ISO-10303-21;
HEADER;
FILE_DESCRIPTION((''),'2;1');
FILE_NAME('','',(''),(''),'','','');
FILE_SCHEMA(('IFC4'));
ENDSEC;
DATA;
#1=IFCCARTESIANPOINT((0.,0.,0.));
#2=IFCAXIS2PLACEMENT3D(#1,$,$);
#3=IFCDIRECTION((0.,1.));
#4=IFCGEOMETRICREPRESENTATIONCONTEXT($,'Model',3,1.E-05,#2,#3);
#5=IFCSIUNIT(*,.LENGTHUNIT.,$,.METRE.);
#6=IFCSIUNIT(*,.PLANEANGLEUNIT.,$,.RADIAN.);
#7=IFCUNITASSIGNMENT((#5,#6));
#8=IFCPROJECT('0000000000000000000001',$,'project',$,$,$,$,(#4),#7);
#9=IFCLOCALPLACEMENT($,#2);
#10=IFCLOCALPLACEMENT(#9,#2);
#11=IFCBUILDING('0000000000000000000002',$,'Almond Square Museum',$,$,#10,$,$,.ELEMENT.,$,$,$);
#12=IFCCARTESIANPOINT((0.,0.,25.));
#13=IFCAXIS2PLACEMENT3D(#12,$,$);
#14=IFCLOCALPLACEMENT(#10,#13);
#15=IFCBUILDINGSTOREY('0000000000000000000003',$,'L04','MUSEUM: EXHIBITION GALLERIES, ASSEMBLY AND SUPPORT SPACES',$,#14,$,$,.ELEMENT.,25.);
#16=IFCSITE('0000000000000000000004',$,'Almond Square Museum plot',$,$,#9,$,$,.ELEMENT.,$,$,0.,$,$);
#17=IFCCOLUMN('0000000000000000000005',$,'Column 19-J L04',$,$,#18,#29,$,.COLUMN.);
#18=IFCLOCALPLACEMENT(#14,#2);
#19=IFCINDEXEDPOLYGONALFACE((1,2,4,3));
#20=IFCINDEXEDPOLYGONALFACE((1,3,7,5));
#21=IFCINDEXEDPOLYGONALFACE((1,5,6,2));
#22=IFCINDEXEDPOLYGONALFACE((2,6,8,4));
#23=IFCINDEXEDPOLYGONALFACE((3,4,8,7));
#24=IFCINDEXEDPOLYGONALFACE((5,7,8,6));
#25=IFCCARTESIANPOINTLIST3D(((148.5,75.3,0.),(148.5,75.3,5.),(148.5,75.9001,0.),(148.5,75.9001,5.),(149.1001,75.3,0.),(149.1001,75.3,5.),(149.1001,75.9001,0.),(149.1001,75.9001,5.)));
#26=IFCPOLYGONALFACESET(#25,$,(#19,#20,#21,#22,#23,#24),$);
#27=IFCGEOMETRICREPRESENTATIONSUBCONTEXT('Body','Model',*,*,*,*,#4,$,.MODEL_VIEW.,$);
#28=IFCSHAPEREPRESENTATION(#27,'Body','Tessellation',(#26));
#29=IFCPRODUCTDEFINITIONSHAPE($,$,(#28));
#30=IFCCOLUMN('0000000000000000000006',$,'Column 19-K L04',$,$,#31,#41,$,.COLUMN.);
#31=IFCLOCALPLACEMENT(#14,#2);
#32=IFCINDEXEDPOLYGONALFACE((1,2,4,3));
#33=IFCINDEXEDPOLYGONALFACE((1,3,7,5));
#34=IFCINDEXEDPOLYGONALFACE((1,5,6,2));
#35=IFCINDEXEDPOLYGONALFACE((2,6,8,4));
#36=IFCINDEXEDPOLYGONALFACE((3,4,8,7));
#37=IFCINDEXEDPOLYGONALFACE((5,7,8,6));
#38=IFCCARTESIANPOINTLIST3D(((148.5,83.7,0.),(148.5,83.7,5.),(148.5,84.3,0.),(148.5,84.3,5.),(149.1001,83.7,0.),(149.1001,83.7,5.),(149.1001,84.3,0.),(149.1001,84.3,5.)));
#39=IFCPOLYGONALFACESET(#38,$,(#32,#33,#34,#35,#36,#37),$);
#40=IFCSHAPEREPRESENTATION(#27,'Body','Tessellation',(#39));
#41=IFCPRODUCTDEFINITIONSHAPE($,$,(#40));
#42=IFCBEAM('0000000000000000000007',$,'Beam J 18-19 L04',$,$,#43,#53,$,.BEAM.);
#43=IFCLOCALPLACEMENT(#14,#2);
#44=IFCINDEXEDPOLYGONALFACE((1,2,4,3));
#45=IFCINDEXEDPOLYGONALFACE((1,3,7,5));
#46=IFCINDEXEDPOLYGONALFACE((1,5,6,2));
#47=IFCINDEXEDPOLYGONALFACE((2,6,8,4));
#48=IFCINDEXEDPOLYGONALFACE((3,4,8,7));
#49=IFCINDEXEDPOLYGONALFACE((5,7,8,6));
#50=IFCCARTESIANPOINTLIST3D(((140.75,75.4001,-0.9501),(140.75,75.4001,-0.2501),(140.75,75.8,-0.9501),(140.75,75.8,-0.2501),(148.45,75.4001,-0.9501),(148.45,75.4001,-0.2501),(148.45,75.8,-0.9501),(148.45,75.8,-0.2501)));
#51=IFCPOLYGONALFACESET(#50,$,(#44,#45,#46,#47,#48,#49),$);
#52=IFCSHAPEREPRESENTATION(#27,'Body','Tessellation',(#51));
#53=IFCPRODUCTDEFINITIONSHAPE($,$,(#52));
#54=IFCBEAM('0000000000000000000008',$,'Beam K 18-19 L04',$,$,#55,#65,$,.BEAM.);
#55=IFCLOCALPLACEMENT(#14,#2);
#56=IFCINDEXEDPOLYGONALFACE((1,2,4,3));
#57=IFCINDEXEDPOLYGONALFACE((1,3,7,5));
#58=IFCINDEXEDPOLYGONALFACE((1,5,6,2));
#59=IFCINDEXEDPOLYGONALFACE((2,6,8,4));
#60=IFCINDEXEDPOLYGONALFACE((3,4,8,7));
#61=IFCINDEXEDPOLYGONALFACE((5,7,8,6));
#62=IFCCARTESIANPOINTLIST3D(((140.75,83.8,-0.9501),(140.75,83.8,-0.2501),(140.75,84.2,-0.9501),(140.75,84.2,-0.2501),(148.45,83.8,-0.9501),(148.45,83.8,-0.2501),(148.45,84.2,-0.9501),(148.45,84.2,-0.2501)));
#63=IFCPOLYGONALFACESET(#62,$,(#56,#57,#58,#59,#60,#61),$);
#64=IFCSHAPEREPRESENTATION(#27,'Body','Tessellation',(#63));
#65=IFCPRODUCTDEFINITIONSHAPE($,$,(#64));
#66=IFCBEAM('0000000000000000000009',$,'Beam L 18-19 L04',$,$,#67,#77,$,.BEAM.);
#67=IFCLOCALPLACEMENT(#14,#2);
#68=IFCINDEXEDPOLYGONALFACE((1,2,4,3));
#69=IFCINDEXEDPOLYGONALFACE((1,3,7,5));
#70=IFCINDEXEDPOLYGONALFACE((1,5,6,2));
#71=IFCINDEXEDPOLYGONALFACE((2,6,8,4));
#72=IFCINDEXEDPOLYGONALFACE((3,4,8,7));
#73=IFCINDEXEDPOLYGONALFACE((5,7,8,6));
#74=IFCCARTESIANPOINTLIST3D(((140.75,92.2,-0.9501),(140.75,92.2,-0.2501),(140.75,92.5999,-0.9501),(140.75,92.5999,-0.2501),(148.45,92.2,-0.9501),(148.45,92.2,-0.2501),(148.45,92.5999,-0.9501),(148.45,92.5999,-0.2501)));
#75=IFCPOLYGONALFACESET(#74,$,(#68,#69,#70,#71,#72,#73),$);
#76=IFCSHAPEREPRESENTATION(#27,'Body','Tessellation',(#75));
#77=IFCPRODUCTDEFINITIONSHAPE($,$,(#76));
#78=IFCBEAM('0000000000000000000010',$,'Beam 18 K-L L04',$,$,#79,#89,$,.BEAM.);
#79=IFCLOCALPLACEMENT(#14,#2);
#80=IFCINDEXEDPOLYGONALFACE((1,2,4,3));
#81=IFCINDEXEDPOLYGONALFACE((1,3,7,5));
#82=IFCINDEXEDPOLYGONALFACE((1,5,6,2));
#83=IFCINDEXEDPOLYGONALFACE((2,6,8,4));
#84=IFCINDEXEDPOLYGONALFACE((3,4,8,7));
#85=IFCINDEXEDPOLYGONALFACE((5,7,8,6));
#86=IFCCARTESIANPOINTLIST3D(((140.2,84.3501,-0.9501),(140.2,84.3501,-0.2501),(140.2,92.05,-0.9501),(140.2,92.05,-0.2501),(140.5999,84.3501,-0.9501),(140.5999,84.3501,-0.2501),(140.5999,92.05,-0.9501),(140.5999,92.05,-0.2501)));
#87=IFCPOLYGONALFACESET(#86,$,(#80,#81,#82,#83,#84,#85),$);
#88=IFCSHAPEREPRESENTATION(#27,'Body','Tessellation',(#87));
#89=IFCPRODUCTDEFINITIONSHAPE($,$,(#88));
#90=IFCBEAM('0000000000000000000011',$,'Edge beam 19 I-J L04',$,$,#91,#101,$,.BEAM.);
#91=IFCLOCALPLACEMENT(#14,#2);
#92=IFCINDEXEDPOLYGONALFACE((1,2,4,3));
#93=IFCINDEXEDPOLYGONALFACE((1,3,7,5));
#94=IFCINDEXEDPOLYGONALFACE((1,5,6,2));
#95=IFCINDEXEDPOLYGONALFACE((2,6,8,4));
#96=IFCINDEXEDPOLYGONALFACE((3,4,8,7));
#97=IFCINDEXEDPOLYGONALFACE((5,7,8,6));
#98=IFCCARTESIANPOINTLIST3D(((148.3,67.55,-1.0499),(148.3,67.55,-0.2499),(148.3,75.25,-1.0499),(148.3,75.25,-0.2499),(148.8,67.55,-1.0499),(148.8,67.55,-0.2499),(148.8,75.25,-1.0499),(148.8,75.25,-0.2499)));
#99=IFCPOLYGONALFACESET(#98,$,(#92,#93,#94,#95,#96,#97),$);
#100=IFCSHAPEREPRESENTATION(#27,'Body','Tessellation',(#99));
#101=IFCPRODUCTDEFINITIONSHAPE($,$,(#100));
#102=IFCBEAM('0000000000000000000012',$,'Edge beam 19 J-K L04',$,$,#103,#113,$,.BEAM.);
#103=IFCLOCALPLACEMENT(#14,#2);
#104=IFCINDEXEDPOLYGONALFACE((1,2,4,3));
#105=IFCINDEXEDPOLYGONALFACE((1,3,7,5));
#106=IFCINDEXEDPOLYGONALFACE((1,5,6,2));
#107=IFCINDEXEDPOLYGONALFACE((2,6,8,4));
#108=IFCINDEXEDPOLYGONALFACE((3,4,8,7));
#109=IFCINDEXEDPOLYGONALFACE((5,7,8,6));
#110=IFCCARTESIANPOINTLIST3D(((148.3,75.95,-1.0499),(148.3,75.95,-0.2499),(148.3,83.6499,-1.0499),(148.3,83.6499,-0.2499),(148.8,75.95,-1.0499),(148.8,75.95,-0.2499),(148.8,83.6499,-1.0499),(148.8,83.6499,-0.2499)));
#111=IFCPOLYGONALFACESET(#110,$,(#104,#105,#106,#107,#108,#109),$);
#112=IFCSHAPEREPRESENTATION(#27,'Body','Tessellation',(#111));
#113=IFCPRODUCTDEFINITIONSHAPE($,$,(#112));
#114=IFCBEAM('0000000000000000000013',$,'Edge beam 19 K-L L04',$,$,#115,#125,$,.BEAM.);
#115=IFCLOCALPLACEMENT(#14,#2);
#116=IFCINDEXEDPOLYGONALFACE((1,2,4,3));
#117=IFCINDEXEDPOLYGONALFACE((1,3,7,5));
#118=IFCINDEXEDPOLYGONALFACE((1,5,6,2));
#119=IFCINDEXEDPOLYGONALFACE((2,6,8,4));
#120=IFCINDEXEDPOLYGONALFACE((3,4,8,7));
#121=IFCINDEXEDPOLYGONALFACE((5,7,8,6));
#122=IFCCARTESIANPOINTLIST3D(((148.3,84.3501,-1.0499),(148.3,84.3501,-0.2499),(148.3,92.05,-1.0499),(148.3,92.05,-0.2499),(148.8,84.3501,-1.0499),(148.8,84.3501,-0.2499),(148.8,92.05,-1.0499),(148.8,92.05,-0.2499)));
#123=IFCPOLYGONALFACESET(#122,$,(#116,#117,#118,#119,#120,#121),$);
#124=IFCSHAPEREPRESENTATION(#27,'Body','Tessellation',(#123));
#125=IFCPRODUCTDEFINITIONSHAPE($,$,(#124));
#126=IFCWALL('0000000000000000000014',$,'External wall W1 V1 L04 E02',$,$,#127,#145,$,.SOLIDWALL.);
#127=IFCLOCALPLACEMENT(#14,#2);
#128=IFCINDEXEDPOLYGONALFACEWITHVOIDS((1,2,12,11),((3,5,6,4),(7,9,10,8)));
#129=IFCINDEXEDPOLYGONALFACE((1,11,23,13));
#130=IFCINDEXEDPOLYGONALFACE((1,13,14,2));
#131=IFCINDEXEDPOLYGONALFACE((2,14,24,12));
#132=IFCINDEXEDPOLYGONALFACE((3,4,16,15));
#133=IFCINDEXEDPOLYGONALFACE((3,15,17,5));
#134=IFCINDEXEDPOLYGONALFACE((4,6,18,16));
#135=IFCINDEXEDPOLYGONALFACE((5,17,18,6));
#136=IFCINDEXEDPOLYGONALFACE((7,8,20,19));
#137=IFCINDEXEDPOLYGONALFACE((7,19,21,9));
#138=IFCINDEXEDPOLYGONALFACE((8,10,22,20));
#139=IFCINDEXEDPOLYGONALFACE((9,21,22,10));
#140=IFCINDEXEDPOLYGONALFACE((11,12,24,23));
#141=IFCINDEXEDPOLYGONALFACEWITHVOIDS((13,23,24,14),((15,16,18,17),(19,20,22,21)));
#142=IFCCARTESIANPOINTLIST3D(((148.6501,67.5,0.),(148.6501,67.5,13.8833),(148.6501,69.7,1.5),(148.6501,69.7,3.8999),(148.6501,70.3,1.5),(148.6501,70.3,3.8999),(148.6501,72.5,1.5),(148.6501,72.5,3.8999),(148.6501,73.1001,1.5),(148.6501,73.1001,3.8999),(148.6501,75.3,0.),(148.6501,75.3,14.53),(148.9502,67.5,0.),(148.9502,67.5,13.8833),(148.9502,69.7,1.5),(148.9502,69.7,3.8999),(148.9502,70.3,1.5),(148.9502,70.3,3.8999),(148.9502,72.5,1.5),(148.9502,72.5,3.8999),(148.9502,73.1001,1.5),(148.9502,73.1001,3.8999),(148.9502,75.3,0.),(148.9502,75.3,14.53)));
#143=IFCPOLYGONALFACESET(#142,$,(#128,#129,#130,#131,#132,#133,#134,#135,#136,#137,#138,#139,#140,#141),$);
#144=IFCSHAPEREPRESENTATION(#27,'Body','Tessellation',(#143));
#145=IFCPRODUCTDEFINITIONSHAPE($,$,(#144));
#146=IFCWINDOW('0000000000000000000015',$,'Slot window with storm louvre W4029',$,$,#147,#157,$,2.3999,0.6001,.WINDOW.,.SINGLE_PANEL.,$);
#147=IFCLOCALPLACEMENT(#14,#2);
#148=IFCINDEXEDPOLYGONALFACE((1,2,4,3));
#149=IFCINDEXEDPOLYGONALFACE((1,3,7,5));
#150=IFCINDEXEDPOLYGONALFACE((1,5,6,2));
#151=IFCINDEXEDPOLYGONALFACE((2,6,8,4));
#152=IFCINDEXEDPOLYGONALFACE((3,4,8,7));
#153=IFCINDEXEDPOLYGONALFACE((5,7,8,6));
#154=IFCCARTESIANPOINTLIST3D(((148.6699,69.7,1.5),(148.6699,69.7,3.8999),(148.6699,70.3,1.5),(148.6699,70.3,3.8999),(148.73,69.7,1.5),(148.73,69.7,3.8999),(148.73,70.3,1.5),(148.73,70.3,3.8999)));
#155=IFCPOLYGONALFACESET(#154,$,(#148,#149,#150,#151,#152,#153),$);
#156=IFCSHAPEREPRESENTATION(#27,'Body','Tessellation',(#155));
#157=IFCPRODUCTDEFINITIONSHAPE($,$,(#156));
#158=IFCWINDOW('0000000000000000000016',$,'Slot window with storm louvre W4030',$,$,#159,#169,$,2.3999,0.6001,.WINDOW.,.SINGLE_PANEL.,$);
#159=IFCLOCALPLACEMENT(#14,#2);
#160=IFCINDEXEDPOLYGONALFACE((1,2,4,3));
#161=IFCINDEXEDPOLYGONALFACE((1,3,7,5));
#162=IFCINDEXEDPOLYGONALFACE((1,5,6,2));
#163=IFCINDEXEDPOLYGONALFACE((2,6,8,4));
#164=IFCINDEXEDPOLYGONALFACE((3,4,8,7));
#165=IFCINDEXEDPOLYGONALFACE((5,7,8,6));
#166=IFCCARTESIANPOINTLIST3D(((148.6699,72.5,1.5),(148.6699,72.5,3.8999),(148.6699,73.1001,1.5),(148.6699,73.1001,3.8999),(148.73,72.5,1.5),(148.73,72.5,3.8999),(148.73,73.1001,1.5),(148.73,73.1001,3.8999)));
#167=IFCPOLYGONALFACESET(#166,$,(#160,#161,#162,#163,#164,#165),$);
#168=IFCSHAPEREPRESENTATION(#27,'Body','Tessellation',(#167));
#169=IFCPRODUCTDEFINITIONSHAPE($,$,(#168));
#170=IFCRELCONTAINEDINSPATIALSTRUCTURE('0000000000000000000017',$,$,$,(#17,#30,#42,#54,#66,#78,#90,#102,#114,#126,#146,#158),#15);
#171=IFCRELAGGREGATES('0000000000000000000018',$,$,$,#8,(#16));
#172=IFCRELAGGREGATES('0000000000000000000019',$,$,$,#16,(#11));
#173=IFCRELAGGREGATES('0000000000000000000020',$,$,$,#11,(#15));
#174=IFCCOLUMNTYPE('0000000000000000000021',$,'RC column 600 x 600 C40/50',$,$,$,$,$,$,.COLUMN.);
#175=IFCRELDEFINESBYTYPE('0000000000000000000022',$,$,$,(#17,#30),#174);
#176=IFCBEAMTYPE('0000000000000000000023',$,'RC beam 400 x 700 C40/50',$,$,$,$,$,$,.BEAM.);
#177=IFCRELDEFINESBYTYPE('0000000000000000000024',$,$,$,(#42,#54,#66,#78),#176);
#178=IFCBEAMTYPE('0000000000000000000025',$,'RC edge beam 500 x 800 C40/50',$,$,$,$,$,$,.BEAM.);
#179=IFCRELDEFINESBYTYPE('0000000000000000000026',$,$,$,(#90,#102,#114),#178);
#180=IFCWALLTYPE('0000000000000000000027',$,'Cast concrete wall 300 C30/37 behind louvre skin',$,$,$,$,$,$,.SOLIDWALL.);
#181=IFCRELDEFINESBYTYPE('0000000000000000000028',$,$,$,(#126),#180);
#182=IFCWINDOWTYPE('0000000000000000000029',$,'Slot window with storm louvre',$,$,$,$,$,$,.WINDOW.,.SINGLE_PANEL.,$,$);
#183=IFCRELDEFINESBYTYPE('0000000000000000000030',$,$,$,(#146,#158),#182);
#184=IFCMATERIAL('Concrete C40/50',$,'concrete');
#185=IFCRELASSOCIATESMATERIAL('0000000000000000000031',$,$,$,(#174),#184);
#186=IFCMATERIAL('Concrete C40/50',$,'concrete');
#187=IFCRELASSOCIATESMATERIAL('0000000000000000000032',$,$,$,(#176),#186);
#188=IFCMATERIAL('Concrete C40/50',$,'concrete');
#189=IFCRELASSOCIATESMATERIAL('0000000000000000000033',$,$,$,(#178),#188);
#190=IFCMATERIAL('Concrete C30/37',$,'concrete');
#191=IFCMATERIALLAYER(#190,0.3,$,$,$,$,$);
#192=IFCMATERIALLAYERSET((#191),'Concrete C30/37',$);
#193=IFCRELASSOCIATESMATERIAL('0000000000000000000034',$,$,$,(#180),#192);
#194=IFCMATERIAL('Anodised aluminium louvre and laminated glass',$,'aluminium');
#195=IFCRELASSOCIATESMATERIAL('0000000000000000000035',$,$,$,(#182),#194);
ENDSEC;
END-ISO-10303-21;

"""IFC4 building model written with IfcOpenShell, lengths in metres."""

from ifc_helpers import new_model, si_unit, direction, frame, frame_2d, origin, origin_2d, place, context, subcontext, project, spatial, polyline, rectangle, outline, extrude, material, layer, layer_set, material_profile, profile_set, type_object, element, fill, save


model = new_model("IFC4")

# Units and contexts
model_context = context("Model", 3, precision=1e-05, world=origin(), true_north=direction((0.0, 1.0)))
body_context = subcontext(model_context, "Body", "Model", "MODEL_VIEW")
ifc_project = project(units=[si_unit("LENGTHUNIT", "METRE"), si_unit("PLANEANGLEUNIT", "RADIAN")], contexts=[model_context])

# Site, building, storey
site_placement = place(None, origin())
site = spatial("IfcSite", under=ifc_project, at=site_placement, Name="Almond Square Museum plot", CompositionType="ELEMENT", RefElevation=0.0)
building_placement = place(site_placement, origin())
building = spatial("IfcBuilding", under=site, at=building_placement, Name="Almond Square Museum", CompositionType="ELEMENT")
storey_placement = place(building_placement, frame((0.0, 0.0, 25.0)))
storey = spatial("IfcBuildingStorey", under=building, at=storey_placement, Name="L04", Description="MUSEUM: EXHIBITION GALLERIES, ASSEMBLY AND SUPPORT SPACES", CompositionType="ELEMENT", Elevation=25.0)

# Columns
ifc_material_1 = material(Name="Concrete C40/50", Category="concrete")
ifc_material_profile_1 = material_profile(ifc_material_1, rectangle(XDim=0.6001, YDim=0.6001, at=origin_2d()))
ifc_profile_set_1 = profile_set([ifc_material_profile_1], Name="Concrete C40/50")
column_type = type_object("IfcColumnType", Name="RC column 600 x 600 C40/50", PredefinedType="COLUMN", material=ifc_profile_set_1)
for number, where, z_axis, x_axis, name in (
    (1, (148.8, 75.6001, 0.0), (0.0, 0.0, 1.0), (1.0, 0.0, 0.0), "Column 19-J L04"),
    (2, (148.8, 84.0, 0.0), (0.0, 0.0, 1.0), (1.0, 0.0, 0.0), "Column 19-K L04"),
):
    element("IfcColumn", number, at=place(storey_placement, frame(where, z_axis=z_axis, x_axis=x_axis)), inside=storey, type_object=column_type, Name=name, PredefinedType="COLUMN", context=body_context, shape_type="SweptSolid", body=[
        extrude(rectangle(XDim=0.6001, YDim=0.6001, at=origin_2d()), origin(), (0.0, 0.0, 1.0), 5.0),
    ])

# Beams
ifc_material_2 = material(Name="Concrete C40/50", Category="concrete")
ifc_material_profile_2 = material_profile(ifc_material_2, rectangle(XDim=0.3999, YDim=0.7, at=origin_2d()))
ifc_profile_set_2 = profile_set([ifc_material_profile_2], Name="Concrete C40/50")
beam_type_1 = type_object("IfcBeamType", Name="RC beam 400 x 700 C40/50", PredefinedType="BEAM", material=ifc_profile_set_2)
for number, where, z_axis, x_axis, name in (
    (3, (140.75, 75.6001, -0.6001), (1.0, 0.0, 0.0), (0.0, 1.0, 0.0), "Beam J 18-19 L04"),
    (4, (140.75, 84.0, -0.6001), (1.0, 0.0, 0.0), (0.0, 1.0, 0.0), "Beam K 18-19 L04"),
    (5, (140.75, 92.3999, -0.6001), (1.0, 0.0, 0.0), (0.0, 1.0, 0.0), "Beam L 18-19 L04"),
    (6, (140.3999, 84.3501, -0.6001), (0.0, 1.0, 0.0), (-1.0, 0.0, 0.0), "Beam 18 K-L L04"),
):
    element("IfcBeam", number, at=place(storey_placement, frame(where, z_axis=z_axis, x_axis=x_axis)), inside=storey, type_object=beam_type_1, Name=name, PredefinedType="BEAM", context=body_context, shape_type="SweptSolid", body=[
        extrude(rectangle(XDim=0.3999, YDim=0.7, at=origin_2d()), origin(), (0.0, 0.0, 1.0), 7.7),
    ])
ifc_material_3 = material(Name="Concrete C40/50", Category="concrete")
ifc_material_profile_3 = material_profile(ifc_material_3, rectangle(XDim=0.5, YDim=0.8, at=origin_2d()))
ifc_profile_set_3 = profile_set([ifc_material_profile_3], Name="Concrete C40/50")
beam_type_2 = type_object("IfcBeamType", Name="RC edge beam 500 x 800 C40/50", PredefinedType="BEAM", material=ifc_profile_set_3)
for number, where, z_axis, x_axis, name in (
    (7, (148.55, 67.55, -0.6499), (0.0, 1.0, 0.0), (-1.0, 0.0, 0.0), "Edge beam 19 I-J L04"),
    (8, (148.55, 75.95, -0.6499), (0.0, 1.0, 0.0), (-1.0, 0.0, 0.0), "Edge beam 19 J-K L04"),
    (9, (148.55, 84.3501, -0.6499), (0.0, 1.0, 0.0), (-1.0, 0.0, 0.0), "Edge beam 19 K-L L04"),
):
    element("IfcBeam", number, at=place(storey_placement, frame(where, z_axis=z_axis, x_axis=x_axis)), inside=storey, type_object=beam_type_2, Name=name, PredefinedType="BEAM", context=body_context, shape_type="SweptSolid", body=[
        extrude(rectangle(XDim=0.5, YDim=0.8, at=origin_2d()), origin(), (0.0, 0.0, 1.0), 7.7),
    ])

# Wall, openings, windows
ifc_material_4 = material(Name="Concrete C30/37", Category="concrete")
ifc_layer_1 = layer(ifc_material_4, 0.3)
ifc_layer_set_1 = layer_set([ifc_layer_1], Name="Concrete C30/37")
wall_type_1 = type_object("IfcWallType", Name="Cast concrete wall 300 C30/37 behind louvre skin", PredefinedType="SOLIDWALL", material=ifc_layer_set_1)
wall_1_placement = place(storey_placement, frame((148.8, 67.5, 0.0), z_axis=(0.0, 0.0, 1.0), x_axis=(0.0, 1.0, 0.0)))
wall_1 = element("IfcWall", 10, at=wall_1_placement, inside=storey, type_object=wall_type_1, Name="External wall W1 V1 L04 E02", PredefinedType="SOLIDWALL", context=body_context, shape_type="SweptSolid", body=[
    extrude(outline(polyline([(0.0, 0.0), (7.8, 0.0), (7.8, 14.53), (0.0, 13.8833), (0.0, 0.0)])), frame((0.0, 0.1499, 0.0), z_axis=(0.0, -1.0, 0.0), x_axis=(1.0, 0.0, 0.0)), (0.0, 0.0, 1.0), 0.3),
])
opening_1_placement = place(wall_1_placement, frame((2.2, 0.0, 1.5)))
opening_1 = element("IfcOpeningElement", 11, at=opening_1_placement, cuts=wall_1, PredefinedType="OPENING", context=body_context, shape_type="SweptSolid", body=[
    extrude(rectangle(XDim=0.6001, YDim=2.3999, at=frame_2d((0.3, 1.2))), frame((0.0, 0.1599, 0.0), z_axis=(0.0, -1.0, 0.0), x_axis=(1.0, 0.0, 0.0)), (0.0, 0.0, 1.0), 0.3201),
])
opening_2_placement = place(wall_1_placement, frame((5.0, 0.0, 1.5)))
opening_2 = element("IfcOpeningElement", 12, at=opening_2_placement, cuts=wall_1, PredefinedType="OPENING", context=body_context, shape_type="SweptSolid", body=[
    extrude(rectangle(XDim=0.6001, YDim=2.3999, at=frame_2d((0.3, 1.2))), frame((0.0, 0.1599, 0.0), z_axis=(0.0, -1.0, 0.0), x_axis=(1.0, 0.0, 0.0)), (0.0, 0.0, 1.0), 0.3201),
])
ifc_material_5 = material(Name="Anodised aluminium louvre and laminated glass", Category="aluminium")
window_type = type_object("IfcWindowType", Name="Slot window with storm louvre", PartitioningType="SINGLE_PANEL", PredefinedType="WINDOW", material=ifc_material_5)
window_1_placement = place(opening_1_placement, origin())
window_1 = element("IfcWindow", 13, at=window_1_placement, inside=storey, type_object=window_type, Name="Slot window with storm louvre W4029", OverallHeight=2.3999, OverallWidth=0.6001, PartitioningType="SINGLE_PANEL", PredefinedType="WINDOW", context=body_context, shape_type="SweptSolid", body=[
    extrude(rectangle(XDim=0.6001, YDim=2.3999, at=frame_2d((0.3, 1.2))), frame((0.0, 0.1301, 0.0), z_axis=(0.0, -1.0, 0.0), x_axis=(1.0, 0.0, 0.0)), (0.0, 0.0, 1.0), 0.0601),
])
fill(opening_1, window_1)
window_2_placement = place(opening_2_placement, origin())
window_2 = element("IfcWindow", 14, at=window_2_placement, inside=storey, type_object=window_type, Name="Slot window with storm louvre W4030", OverallHeight=2.3999, OverallWidth=0.6001, PartitioningType="SINGLE_PANEL", PredefinedType="WINDOW", context=body_context, shape_type="SweptSolid", body=[
    extrude(rectangle(XDim=0.6001, YDim=2.3999, at=frame_2d((0.3, 1.2))), frame((0.0, 0.1301, 0.0), z_axis=(0.0, -1.0, 0.0), x_axis=(1.0, 0.0, 0.0)), (0.0, 0.0, 1.0), 0.0601),
])
fill(opening_2, window_2)

save(model, "model.ifc")
